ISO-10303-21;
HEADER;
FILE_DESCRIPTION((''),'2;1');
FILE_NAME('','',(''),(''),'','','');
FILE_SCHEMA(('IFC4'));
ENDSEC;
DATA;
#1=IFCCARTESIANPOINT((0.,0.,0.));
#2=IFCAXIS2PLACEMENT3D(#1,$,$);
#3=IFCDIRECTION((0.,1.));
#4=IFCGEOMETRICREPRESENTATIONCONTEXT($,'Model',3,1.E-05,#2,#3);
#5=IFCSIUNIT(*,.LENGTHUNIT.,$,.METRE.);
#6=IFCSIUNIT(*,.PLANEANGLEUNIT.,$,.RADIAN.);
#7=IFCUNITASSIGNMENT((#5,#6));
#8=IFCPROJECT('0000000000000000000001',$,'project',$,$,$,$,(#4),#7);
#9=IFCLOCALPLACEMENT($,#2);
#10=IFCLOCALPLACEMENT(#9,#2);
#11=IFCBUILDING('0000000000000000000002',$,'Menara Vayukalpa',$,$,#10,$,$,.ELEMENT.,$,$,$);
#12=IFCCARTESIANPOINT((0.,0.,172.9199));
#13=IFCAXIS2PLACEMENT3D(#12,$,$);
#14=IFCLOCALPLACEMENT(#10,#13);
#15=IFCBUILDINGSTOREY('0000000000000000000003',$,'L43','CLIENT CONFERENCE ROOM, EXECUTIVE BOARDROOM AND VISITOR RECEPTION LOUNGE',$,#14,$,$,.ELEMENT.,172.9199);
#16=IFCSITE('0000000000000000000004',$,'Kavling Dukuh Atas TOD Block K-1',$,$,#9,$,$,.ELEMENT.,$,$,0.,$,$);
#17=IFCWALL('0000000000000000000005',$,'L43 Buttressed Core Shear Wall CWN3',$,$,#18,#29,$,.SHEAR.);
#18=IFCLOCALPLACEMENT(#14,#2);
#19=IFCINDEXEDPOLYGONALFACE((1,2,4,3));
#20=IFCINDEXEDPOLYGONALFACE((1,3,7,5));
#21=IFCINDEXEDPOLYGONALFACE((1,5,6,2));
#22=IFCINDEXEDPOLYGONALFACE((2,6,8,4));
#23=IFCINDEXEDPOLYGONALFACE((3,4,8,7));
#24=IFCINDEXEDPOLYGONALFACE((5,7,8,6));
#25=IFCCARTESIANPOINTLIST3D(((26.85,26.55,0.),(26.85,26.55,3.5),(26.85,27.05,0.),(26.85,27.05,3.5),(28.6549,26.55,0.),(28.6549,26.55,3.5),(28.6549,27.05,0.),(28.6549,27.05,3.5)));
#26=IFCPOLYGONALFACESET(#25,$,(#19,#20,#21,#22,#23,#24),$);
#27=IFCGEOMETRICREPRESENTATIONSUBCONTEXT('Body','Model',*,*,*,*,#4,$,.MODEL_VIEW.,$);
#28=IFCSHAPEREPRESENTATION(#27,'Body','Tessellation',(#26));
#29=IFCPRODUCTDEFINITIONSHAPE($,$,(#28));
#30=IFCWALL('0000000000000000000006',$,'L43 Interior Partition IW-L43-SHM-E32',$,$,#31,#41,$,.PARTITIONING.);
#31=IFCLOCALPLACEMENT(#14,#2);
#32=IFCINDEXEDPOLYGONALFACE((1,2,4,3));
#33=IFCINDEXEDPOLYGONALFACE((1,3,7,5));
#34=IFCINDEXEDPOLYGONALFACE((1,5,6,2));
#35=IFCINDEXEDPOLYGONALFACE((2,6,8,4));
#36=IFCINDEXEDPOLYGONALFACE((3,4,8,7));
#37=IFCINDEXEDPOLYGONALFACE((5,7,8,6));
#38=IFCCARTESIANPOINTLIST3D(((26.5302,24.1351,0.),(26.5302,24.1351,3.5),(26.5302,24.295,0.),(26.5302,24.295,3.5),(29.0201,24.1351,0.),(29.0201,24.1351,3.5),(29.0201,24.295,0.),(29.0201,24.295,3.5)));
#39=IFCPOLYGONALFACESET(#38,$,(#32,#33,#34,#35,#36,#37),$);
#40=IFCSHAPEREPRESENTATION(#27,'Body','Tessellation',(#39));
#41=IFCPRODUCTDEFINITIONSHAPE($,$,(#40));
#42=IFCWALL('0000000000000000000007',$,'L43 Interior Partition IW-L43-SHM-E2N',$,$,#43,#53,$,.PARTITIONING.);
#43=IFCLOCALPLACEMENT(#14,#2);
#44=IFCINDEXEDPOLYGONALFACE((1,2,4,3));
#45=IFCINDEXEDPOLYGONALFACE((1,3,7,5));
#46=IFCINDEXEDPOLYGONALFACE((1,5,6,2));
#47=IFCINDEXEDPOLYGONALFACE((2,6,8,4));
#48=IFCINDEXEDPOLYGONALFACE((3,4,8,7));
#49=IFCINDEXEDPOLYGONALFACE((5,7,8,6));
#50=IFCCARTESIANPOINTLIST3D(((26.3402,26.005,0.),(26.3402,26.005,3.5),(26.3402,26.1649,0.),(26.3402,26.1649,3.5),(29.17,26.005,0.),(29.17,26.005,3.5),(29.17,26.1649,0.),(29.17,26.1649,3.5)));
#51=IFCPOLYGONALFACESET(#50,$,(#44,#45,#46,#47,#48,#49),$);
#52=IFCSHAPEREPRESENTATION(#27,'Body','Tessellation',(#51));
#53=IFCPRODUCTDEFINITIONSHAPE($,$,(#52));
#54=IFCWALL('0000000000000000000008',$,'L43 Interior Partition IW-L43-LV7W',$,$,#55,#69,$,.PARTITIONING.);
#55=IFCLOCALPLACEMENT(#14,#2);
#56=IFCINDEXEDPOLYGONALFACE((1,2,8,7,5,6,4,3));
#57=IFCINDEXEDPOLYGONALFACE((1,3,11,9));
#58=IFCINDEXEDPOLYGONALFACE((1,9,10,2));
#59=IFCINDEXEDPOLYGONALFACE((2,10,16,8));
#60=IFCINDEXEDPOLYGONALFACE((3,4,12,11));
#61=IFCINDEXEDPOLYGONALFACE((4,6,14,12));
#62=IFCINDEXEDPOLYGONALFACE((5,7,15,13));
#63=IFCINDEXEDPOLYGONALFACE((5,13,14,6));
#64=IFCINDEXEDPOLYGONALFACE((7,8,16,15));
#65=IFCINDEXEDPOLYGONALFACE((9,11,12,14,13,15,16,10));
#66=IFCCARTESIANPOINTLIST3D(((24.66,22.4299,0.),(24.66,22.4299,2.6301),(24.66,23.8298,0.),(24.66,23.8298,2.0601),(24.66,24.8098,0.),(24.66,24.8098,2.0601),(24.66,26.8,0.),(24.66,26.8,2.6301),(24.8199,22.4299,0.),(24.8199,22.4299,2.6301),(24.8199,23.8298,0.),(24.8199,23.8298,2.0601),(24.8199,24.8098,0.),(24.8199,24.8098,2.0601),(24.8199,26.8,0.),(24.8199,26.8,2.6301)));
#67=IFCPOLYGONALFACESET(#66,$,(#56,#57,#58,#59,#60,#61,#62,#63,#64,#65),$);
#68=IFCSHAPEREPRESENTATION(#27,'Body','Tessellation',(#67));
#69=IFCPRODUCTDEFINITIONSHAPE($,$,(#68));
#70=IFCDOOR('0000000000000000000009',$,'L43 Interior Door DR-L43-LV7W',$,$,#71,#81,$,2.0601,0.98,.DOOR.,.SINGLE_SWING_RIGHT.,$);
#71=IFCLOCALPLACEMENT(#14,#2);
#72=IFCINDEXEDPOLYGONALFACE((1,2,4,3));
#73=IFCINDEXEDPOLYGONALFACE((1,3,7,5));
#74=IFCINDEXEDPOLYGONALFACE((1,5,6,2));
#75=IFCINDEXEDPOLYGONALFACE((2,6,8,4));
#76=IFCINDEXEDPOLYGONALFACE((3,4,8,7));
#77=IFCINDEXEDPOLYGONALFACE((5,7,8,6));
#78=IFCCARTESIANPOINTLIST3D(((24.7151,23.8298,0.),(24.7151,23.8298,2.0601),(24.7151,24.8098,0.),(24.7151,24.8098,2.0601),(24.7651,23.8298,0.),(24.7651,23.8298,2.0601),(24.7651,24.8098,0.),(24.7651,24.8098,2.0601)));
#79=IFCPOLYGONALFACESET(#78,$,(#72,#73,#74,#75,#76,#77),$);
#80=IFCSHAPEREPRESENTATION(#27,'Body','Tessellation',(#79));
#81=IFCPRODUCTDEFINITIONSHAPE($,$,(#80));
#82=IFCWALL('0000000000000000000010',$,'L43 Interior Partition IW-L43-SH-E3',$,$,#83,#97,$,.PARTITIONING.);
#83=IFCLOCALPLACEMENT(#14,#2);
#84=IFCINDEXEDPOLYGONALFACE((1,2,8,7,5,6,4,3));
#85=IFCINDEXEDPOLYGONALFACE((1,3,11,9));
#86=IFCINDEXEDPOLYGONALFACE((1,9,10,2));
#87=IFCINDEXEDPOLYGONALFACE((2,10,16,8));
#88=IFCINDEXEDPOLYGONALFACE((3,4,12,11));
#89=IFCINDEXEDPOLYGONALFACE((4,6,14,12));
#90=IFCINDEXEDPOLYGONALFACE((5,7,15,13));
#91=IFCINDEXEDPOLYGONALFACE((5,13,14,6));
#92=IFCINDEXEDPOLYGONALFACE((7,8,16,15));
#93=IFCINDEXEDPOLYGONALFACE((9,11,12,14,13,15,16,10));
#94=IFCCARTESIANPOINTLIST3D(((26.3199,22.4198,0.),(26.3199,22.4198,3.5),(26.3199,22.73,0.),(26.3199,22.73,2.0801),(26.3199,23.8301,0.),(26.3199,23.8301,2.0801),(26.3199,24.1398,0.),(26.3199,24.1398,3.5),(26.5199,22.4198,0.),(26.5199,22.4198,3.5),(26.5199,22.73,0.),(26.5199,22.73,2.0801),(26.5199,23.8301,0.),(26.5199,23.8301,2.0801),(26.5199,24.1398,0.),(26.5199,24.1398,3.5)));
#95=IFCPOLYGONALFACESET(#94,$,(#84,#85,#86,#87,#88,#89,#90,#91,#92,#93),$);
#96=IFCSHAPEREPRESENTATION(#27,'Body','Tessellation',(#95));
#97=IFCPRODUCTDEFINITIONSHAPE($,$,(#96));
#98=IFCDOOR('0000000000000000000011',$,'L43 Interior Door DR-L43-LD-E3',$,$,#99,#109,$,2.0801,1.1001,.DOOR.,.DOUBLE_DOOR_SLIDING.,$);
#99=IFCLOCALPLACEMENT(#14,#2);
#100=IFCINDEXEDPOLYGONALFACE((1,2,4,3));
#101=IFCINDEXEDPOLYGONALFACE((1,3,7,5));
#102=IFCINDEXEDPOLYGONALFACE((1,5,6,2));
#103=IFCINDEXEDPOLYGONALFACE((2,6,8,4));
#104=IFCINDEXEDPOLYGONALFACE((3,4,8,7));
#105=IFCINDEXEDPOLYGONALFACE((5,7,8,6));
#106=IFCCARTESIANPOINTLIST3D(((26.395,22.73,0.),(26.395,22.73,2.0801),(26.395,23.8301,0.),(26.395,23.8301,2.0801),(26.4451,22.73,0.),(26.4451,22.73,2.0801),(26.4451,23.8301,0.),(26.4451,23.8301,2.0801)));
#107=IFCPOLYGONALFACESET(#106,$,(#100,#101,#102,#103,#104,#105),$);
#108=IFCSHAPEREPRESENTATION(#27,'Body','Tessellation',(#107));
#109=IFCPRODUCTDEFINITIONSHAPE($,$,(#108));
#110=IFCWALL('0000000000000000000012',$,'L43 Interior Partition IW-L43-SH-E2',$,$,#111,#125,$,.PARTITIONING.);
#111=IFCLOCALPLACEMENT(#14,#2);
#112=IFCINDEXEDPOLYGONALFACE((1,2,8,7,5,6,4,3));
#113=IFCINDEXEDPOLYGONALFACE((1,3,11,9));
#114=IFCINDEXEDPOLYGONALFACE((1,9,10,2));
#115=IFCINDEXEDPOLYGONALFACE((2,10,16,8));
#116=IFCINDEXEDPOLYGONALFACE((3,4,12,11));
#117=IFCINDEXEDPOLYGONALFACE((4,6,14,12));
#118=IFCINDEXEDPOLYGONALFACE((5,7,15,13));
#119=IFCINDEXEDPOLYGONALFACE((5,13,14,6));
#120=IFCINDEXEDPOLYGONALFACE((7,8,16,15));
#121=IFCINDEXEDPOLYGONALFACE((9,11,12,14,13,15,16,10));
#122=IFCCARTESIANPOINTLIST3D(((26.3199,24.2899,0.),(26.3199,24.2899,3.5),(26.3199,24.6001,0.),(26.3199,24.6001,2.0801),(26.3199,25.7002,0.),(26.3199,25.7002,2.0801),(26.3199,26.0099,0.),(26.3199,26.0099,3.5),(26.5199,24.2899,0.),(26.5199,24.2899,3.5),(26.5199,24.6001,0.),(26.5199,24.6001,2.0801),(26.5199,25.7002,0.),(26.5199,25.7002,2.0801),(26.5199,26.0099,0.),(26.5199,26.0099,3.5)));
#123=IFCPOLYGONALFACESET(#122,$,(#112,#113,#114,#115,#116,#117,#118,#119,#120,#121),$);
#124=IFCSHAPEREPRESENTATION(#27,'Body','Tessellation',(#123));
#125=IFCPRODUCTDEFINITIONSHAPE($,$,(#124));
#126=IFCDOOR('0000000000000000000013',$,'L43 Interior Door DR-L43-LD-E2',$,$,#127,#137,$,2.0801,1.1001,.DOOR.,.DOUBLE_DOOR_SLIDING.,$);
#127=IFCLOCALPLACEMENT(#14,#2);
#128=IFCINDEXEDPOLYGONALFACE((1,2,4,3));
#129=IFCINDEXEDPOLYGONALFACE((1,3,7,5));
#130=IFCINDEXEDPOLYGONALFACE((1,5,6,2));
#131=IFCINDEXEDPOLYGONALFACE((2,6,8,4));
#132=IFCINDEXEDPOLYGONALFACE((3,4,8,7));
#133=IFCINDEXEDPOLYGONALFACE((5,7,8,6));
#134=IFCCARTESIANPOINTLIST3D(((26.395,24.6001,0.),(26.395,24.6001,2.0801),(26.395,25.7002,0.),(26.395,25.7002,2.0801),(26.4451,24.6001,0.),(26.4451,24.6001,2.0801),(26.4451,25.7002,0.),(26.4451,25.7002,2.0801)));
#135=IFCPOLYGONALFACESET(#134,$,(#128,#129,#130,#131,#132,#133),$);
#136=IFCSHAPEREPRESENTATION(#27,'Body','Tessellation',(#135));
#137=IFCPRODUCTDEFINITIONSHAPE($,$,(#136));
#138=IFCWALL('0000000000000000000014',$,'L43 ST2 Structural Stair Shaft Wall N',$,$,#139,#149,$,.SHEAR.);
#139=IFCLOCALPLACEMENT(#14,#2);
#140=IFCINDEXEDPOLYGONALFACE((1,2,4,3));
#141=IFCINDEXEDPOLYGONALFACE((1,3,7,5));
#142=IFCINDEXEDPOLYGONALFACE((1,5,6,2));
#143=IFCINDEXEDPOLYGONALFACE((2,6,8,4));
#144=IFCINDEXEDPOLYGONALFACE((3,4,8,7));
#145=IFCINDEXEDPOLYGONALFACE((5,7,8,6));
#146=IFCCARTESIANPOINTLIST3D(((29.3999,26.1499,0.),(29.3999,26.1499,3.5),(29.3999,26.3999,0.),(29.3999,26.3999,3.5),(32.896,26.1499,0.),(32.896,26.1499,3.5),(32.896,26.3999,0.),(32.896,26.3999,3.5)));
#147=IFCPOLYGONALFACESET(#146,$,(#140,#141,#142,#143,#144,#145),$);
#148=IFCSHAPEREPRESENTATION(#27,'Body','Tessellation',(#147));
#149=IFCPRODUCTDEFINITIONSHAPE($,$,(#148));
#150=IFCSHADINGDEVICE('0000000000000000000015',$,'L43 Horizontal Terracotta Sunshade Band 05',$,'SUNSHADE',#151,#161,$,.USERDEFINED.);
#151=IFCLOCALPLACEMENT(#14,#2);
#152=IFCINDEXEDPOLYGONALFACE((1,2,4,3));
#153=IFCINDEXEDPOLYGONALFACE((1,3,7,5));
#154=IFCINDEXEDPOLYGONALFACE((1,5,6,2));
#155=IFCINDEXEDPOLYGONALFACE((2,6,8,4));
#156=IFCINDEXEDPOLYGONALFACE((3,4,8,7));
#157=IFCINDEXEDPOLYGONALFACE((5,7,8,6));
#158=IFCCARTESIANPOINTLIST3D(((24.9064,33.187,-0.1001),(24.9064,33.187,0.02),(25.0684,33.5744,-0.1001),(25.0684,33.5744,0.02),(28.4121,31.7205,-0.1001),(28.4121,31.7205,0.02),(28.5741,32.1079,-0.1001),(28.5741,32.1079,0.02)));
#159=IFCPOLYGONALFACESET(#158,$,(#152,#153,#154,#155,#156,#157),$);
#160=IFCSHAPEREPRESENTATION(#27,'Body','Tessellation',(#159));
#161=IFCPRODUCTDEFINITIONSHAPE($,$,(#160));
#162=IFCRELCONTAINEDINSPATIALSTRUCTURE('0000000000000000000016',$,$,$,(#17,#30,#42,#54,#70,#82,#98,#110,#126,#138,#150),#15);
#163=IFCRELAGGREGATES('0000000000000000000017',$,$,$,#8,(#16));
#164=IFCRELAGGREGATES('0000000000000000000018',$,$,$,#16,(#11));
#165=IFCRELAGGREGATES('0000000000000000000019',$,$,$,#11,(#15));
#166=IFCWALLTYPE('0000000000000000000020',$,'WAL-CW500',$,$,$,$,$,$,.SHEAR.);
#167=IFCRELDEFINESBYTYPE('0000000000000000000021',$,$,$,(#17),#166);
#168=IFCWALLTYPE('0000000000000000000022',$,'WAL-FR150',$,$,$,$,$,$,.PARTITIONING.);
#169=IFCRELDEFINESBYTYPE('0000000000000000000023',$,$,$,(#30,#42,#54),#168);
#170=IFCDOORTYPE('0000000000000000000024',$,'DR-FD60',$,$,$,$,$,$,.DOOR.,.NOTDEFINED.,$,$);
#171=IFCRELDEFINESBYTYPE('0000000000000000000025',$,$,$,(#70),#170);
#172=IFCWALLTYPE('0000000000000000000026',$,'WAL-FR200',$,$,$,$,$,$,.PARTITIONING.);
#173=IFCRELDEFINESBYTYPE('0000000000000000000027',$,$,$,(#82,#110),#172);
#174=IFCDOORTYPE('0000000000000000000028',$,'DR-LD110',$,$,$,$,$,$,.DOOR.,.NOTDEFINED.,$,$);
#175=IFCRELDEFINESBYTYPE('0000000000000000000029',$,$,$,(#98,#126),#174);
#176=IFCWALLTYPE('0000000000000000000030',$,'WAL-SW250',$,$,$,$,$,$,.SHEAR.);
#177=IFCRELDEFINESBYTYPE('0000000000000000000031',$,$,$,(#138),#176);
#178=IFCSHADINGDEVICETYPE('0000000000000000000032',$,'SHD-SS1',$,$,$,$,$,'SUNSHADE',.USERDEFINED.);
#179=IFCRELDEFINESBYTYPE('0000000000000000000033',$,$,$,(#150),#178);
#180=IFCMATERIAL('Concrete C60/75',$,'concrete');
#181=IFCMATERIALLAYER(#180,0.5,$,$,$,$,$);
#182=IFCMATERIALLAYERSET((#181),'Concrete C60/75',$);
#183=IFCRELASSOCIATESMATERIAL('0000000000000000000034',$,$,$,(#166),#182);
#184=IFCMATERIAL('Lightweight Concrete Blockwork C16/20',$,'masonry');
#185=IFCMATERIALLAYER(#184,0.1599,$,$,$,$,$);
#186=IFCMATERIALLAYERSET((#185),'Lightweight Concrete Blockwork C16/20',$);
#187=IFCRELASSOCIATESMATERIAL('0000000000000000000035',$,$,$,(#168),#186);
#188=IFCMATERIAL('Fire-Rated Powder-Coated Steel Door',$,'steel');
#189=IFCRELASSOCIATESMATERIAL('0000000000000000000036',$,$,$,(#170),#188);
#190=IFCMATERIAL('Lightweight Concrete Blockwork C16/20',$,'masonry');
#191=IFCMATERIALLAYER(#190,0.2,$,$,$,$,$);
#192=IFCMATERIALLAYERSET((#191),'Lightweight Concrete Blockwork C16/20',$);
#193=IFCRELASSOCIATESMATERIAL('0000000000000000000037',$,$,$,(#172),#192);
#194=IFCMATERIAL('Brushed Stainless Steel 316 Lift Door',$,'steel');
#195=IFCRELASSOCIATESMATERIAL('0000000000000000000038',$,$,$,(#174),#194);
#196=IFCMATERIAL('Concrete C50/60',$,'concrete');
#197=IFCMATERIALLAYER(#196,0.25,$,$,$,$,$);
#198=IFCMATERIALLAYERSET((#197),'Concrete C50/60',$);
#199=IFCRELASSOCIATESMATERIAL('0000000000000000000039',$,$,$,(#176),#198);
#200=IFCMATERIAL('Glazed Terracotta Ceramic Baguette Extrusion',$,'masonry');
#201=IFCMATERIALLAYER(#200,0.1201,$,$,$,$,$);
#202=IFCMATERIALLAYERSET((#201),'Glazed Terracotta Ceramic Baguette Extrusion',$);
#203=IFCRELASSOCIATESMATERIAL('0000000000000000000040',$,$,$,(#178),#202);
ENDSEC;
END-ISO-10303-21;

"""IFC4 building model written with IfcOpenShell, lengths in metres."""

from ifc_helpers import new_model, si_unit, direction, frame, frame_2d, origin, origin_2d, place, context, subcontext, project, spatial, rectangle, extrude, material, layer, layer_set, type_object, element, fill, save


model = new_model("IFC4")

# Units and contexts
model_context = context("Model", 3, precision=1e-05, world=origin(), true_north=direction((0.0, 1.0)))
body_context = subcontext(model_context, "Body", "Model", "MODEL_VIEW")
ifc_project = project(units=[si_unit("LENGTHUNIT", "METRE"), si_unit("PLANEANGLEUNIT", "RADIAN")], contexts=[model_context])

# Site, building, storey
site_placement = place(None, origin())
site = spatial("IfcSite", under=ifc_project, at=site_placement, Name="Kavling Dukuh Atas TOD Block K-1", CompositionType="ELEMENT", RefElevation=0.0)
building_placement = place(site_placement, origin())
building = spatial("IfcBuilding", under=site, at=building_placement, Name="Menara Vayukalpa", CompositionType="ELEMENT")
storey_placement = place(building_placement, frame((0.0, 0.0, 172.9199)))
storey = spatial("IfcBuildingStorey", under=building, at=storey_placement, Name="L43", Description="CLIENT CONFERENCE ROOM, EXECUTIVE BOARDROOM AND VISITOR RECEPTION LOUNGE", CompositionType="ELEMENT", Elevation=172.9199)

# Walls
ifc_material_1 = material(Name="Concrete C60/75", Category="concrete")
ifc_layer_1 = layer(ifc_material_1, 0.5)
ifc_layer_set_1 = layer_set([ifc_layer_1], Name="Concrete C60/75")
wall_type_1 = type_object("IfcWallType", Name="WAL-CW500", PredefinedType="SHEAR", material=ifc_layer_set_1)
wall_1_placement = place(storey_placement, frame((26.8501, 26.8, 0.0), z_axis=(0.0, 0.0, 1.0), x_axis=(1.0, 0.0, 0.0)))
element("IfcWall", 1, at=wall_1_placement, inside=storey, type_object=wall_type_1, Name="L43 Buttressed Core Shear Wall CWN3", PredefinedType="SHEAR", context=body_context, shape_type="SweptSolid", body=[
    extrude(rectangle(XDim=1.8049, YDim=0.5, at=frame_2d((0.9023, 0.0))), origin(), (0.0, 0.0, 1.0), 3.5),
])
ifc_material_2 = material(Name="Lightweight Concrete Blockwork C16/20", Category="masonry")
ifc_layer_2 = layer(ifc_material_2, 0.1599)
ifc_layer_set_2 = layer_set([ifc_layer_2], Name="Lightweight Concrete Blockwork C16/20")
wall_type_2 = type_object("IfcWallType", Name="WAL-FR150", PredefinedType="PARTITIONING", material=ifc_layer_set_2)
wall_2_placement = place(storey_placement, frame((26.53, 24.2151, 0.0), z_axis=(0.0, 0.0, 1.0), x_axis=(1.0, 0.0, 0.0)))
element("IfcWall", 2, at=wall_2_placement, inside=storey, type_object=wall_type_2, Name="L43 Interior Partition IW-L43-SHM-E32", PredefinedType="PARTITIONING", context=body_context, shape_type="SweptSolid", body=[
    extrude(rectangle(XDim=2.49, YDim=0.1599, at=frame_2d((1.2451, 0.0))), origin(), (0.0, 0.0, 1.0), 3.5),
])
wall_3_placement = place(storey_placement, frame((26.3401, 26.085, 0.0), z_axis=(0.0, 0.0, 1.0), x_axis=(1.0, 0.0, 0.0)))
element("IfcWall", 3, at=wall_3_placement, inside=storey, type_object=wall_type_2, Name="L43 Interior Partition IW-L43-SHM-E2N", PredefinedType="PARTITIONING", context=body_context, shape_type="SweptSolid", body=[
    extrude(rectangle(XDim=2.8298, YDim=0.1599, at=frame_2d((1.415, 0.0))), origin(), (0.0, 0.0, 1.0), 3.5),
])

# Walls, openings, doors
wall_4_placement = place(storey_placement, frame((24.74, 22.4299, 0.0), z_axis=(0.0, 0.0, 1.0), x_axis=(0.0, 1.0, 0.0)))
wall_4 = element("IfcWall", 4, at=wall_4_placement, inside=storey, type_object=wall_type_2, Name="L43 Interior Partition IW-L43-LV7W", PredefinedType="PARTITIONING", context=body_context, shape_type="SweptSolid", body=[
    extrude(rectangle(XDim=4.3701, YDim=0.1599, at=frame_2d((2.1851, 0.0))), origin(), (0.0, 0.0, 1.0), 2.6301),
])
opening_1_placement = place(wall_4_placement, frame((1.3999, 0.0, 0.0)))
opening_1 = element("IfcOpeningElement", 5, at=opening_1_placement, cuts=wall_4, PredefinedType="OPENING", context=body_context, shape_type="SweptSolid", body=[
    extrude(rectangle(XDim=0.98, YDim=2.0601, at=frame_2d((0.49, 1.03))), frame((0.0, 0.0898, 0.0), z_axis=(0.0, -1.0, 0.0), x_axis=(1.0, 0.0, 0.0)), (0.0, 0.0, 1.0), 0.1799),
])
ifc_material_3 = material(Name="Fire-Rated Powder-Coated Steel Door", Category="steel")
door_type_1 = type_object("IfcDoorType", Name="DR-FD60", OperationType="NOTDEFINED", PredefinedType="DOOR", material=ifc_material_3)
door_1_placement = place(opening_1_placement, origin())
door_1 = element("IfcDoor", 6, at=door_1_placement, inside=storey, type_object=door_type_1, Name="L43 Interior Door DR-L43-LV7W", OperationType="SINGLE_SWING_RIGHT", OverallHeight=2.0601, OverallWidth=0.98, PredefinedType="DOOR", context=body_context, shape_type="SweptSolid", body=[
    extrude(rectangle(XDim=0.98, YDim=2.0601, at=frame_2d((0.49, 1.03))), frame((0.0, 0.0249, 0.0), z_axis=(0.0, -1.0, 0.0), x_axis=(1.0, 0.0, 0.0)), (0.0, 0.0, 1.0), 0.05),
])
fill(opening_1, door_1)
ifc_material_4 = material(Name="Lightweight Concrete Blockwork C16/20", Category="masonry")
ifc_layer_3 = layer(ifc_material_4, 0.2)
ifc_layer_set_3 = layer_set([ifc_layer_3], Name="Lightweight Concrete Blockwork C16/20")
wall_type_3 = type_object("IfcWallType", Name="WAL-FR200", PredefinedType="PARTITIONING", material=ifc_layer_set_3)
wall_5_placement = place(storey_placement, frame((26.4199, 22.4199, 0.0), z_axis=(0.0, 0.0, 1.0), x_axis=(0.0, 1.0, 0.0)))
wall_5 = element("IfcWall", 7, at=wall_5_placement, inside=storey, type_object=wall_type_3, Name="L43 Interior Partition IW-L43-SH-E3", PredefinedType="PARTITIONING", context=body_context, shape_type="SweptSolid", body=[
    extrude(rectangle(XDim=1.72, YDim=0.2, at=frame_2d((0.8599, 0.0))), origin(), (0.0, 0.0, 1.0), 3.5),
])
opening_2_placement = place(wall_5_placement, frame((0.3101, 0.0, 0.0)))
opening_2 = element("IfcOpeningElement", 8, at=opening_2_placement, cuts=wall_5, PredefinedType="OPENING", context=body_context, shape_type="SweptSolid", body=[
    extrude(rectangle(XDim=1.1001, YDim=2.0801, at=frame_2d((0.55, 1.04))), frame((0.0, 0.1099, 0.0), z_axis=(0.0, -1.0, 0.0), x_axis=(1.0, 0.0, 0.0)), (0.0, 0.0, 1.0), 0.22),
])
ifc_material_5 = material(Name="Brushed Stainless Steel 316 Lift Door", Category="steel")
door_type_2 = type_object("IfcDoorType", Name="DR-LD110", OperationType="NOTDEFINED", PredefinedType="DOOR", material=ifc_material_5)
door_2_placement = place(opening_2_placement, origin())
door_2 = element("IfcDoor", 9, at=door_2_placement, inside=storey, type_object=door_type_2, Name="L43 Interior Door DR-L43-LD-E3", OperationType="DOUBLE_DOOR_SLIDING", OverallHeight=2.0801, OverallWidth=1.1001, PredefinedType="DOOR", context=body_context, shape_type="SweptSolid", body=[
    extrude(rectangle(XDim=1.1001, YDim=2.0801, at=frame_2d((0.55, 1.04))), frame((0.0, 0.0249, 0.0), z_axis=(0.0, -1.0, 0.0), x_axis=(1.0, 0.0, 0.0)), (0.0, 0.0, 1.0), 0.05),
])
fill(opening_2, door_2)
wall_6_placement = place(storey_placement, frame((26.4199, 24.29, 0.0), z_axis=(0.0, 0.0, 1.0), x_axis=(0.0, 1.0, 0.0)))
wall_6 = element("IfcWall", 10, at=wall_6_placement, inside=storey, type_object=wall_type_3, Name="L43 Interior Partition IW-L43-SH-E2", PredefinedType="PARTITIONING", context=body_context, shape_type="SweptSolid", body=[
    extrude(rectangle(XDim=1.72, YDim=0.2, at=frame_2d((0.8599, 0.0))), origin(), (0.0, 0.0, 1.0), 3.5),
])
opening_3_placement = place(wall_6_placement, frame((0.3101, 0.0, 0.0)))
opening_3 = element("IfcOpeningElement", 11, at=opening_3_placement, cuts=wall_6, PredefinedType="OPENING", context=body_context, shape_type="SweptSolid", body=[
    extrude(rectangle(XDim=1.1001, YDim=2.0801, at=frame_2d((0.55, 1.04))), frame((0.0, 0.1099, 0.0), z_axis=(0.0, -1.0, 0.0), x_axis=(1.0, 0.0, 0.0)), (0.0, 0.0, 1.0), 0.22),
])
door_3_placement = place(opening_3_placement, origin())
door_3 = element("IfcDoor", 12, at=door_3_placement, inside=storey, type_object=door_type_2, Name="L43 Interior Door DR-L43-LD-E2", OperationType="DOUBLE_DOOR_SLIDING", OverallHeight=2.0801, OverallWidth=1.1001, PredefinedType="DOOR", context=body_context, shape_type="SweptSolid", body=[
    extrude(rectangle(XDim=1.1001, YDim=2.0801, at=frame_2d((0.55, 1.04))), frame((0.0, 0.0249, 0.0), z_axis=(0.0, -1.0, 0.0), x_axis=(1.0, 0.0, 0.0)), (0.0, 0.0, 1.0), 0.05),
])
fill(opening_3, door_3)

# Wall
ifc_material_6 = material(Name="Concrete C50/60", Category="concrete")
ifc_layer_4 = layer(ifc_material_6, 0.25)
ifc_layer_set_4 = layer_set([ifc_layer_4], Name="Concrete C50/60")
wall_type_4 = type_object("IfcWallType", Name="WAL-SW250", PredefinedType="SHEAR", material=ifc_layer_set_4)
wall_7_placement = place(storey_placement, frame((29.3999, 26.2749, 0.0), z_axis=(0.0, 0.0, 1.0), x_axis=(1.0, 0.0, 0.0)))
element("IfcWall", 13, at=wall_7_placement, inside=storey, type_object=wall_type_4, Name="L43 ST2 Structural Stair Shaft Wall N", PredefinedType="SHEAR", context=body_context, shape_type="SweptSolid", body=[
    extrude(rectangle(XDim=3.4961, YDim=0.25, at=frame_2d((1.748, 0.0))), origin(), (0.0, 0.0, 1.0), 3.5),
])

# Shading device
ifc_material_7 = material(Name="Glazed Terracotta Ceramic Baguette Extrusion", Category="masonry")
ifc_layer_5 = layer(ifc_material_7, 0.1201)
ifc_layer_set_5 = layer_set([ifc_layer_5], Name="Glazed Terracotta Ceramic Baguette Extrusion")
shading_device_type = type_object("IfcShadingDeviceType", Name="SHD-SS1", ElementType="SUNSHADE", PredefinedType="USERDEFINED", material=ifc_layer_set_5)
shading_device_placement = place(storey_placement, frame((26.7402, 32.6475, -0.1001), z_axis=(0.0, 0.0, 1.0), x_axis=(-0.922538, 0.385906, 0.0)))
element("IfcShadingDevice", 14, at=shading_device_placement, inside=storey, type_object=shading_device_type, Name="L43 Horizontal Terracotta Sunshade Band 05", ObjectType="SUNSHADE", PredefinedType="USERDEFINED", context=body_context, shape_type="SweptSolid", body=[
    extrude(rectangle(XDim=3.8, YDim=0.4199, at=origin_2d()), origin(), (0.0, 0.0, 1.0), 0.1201),
])

save(model, "model.ifc")
